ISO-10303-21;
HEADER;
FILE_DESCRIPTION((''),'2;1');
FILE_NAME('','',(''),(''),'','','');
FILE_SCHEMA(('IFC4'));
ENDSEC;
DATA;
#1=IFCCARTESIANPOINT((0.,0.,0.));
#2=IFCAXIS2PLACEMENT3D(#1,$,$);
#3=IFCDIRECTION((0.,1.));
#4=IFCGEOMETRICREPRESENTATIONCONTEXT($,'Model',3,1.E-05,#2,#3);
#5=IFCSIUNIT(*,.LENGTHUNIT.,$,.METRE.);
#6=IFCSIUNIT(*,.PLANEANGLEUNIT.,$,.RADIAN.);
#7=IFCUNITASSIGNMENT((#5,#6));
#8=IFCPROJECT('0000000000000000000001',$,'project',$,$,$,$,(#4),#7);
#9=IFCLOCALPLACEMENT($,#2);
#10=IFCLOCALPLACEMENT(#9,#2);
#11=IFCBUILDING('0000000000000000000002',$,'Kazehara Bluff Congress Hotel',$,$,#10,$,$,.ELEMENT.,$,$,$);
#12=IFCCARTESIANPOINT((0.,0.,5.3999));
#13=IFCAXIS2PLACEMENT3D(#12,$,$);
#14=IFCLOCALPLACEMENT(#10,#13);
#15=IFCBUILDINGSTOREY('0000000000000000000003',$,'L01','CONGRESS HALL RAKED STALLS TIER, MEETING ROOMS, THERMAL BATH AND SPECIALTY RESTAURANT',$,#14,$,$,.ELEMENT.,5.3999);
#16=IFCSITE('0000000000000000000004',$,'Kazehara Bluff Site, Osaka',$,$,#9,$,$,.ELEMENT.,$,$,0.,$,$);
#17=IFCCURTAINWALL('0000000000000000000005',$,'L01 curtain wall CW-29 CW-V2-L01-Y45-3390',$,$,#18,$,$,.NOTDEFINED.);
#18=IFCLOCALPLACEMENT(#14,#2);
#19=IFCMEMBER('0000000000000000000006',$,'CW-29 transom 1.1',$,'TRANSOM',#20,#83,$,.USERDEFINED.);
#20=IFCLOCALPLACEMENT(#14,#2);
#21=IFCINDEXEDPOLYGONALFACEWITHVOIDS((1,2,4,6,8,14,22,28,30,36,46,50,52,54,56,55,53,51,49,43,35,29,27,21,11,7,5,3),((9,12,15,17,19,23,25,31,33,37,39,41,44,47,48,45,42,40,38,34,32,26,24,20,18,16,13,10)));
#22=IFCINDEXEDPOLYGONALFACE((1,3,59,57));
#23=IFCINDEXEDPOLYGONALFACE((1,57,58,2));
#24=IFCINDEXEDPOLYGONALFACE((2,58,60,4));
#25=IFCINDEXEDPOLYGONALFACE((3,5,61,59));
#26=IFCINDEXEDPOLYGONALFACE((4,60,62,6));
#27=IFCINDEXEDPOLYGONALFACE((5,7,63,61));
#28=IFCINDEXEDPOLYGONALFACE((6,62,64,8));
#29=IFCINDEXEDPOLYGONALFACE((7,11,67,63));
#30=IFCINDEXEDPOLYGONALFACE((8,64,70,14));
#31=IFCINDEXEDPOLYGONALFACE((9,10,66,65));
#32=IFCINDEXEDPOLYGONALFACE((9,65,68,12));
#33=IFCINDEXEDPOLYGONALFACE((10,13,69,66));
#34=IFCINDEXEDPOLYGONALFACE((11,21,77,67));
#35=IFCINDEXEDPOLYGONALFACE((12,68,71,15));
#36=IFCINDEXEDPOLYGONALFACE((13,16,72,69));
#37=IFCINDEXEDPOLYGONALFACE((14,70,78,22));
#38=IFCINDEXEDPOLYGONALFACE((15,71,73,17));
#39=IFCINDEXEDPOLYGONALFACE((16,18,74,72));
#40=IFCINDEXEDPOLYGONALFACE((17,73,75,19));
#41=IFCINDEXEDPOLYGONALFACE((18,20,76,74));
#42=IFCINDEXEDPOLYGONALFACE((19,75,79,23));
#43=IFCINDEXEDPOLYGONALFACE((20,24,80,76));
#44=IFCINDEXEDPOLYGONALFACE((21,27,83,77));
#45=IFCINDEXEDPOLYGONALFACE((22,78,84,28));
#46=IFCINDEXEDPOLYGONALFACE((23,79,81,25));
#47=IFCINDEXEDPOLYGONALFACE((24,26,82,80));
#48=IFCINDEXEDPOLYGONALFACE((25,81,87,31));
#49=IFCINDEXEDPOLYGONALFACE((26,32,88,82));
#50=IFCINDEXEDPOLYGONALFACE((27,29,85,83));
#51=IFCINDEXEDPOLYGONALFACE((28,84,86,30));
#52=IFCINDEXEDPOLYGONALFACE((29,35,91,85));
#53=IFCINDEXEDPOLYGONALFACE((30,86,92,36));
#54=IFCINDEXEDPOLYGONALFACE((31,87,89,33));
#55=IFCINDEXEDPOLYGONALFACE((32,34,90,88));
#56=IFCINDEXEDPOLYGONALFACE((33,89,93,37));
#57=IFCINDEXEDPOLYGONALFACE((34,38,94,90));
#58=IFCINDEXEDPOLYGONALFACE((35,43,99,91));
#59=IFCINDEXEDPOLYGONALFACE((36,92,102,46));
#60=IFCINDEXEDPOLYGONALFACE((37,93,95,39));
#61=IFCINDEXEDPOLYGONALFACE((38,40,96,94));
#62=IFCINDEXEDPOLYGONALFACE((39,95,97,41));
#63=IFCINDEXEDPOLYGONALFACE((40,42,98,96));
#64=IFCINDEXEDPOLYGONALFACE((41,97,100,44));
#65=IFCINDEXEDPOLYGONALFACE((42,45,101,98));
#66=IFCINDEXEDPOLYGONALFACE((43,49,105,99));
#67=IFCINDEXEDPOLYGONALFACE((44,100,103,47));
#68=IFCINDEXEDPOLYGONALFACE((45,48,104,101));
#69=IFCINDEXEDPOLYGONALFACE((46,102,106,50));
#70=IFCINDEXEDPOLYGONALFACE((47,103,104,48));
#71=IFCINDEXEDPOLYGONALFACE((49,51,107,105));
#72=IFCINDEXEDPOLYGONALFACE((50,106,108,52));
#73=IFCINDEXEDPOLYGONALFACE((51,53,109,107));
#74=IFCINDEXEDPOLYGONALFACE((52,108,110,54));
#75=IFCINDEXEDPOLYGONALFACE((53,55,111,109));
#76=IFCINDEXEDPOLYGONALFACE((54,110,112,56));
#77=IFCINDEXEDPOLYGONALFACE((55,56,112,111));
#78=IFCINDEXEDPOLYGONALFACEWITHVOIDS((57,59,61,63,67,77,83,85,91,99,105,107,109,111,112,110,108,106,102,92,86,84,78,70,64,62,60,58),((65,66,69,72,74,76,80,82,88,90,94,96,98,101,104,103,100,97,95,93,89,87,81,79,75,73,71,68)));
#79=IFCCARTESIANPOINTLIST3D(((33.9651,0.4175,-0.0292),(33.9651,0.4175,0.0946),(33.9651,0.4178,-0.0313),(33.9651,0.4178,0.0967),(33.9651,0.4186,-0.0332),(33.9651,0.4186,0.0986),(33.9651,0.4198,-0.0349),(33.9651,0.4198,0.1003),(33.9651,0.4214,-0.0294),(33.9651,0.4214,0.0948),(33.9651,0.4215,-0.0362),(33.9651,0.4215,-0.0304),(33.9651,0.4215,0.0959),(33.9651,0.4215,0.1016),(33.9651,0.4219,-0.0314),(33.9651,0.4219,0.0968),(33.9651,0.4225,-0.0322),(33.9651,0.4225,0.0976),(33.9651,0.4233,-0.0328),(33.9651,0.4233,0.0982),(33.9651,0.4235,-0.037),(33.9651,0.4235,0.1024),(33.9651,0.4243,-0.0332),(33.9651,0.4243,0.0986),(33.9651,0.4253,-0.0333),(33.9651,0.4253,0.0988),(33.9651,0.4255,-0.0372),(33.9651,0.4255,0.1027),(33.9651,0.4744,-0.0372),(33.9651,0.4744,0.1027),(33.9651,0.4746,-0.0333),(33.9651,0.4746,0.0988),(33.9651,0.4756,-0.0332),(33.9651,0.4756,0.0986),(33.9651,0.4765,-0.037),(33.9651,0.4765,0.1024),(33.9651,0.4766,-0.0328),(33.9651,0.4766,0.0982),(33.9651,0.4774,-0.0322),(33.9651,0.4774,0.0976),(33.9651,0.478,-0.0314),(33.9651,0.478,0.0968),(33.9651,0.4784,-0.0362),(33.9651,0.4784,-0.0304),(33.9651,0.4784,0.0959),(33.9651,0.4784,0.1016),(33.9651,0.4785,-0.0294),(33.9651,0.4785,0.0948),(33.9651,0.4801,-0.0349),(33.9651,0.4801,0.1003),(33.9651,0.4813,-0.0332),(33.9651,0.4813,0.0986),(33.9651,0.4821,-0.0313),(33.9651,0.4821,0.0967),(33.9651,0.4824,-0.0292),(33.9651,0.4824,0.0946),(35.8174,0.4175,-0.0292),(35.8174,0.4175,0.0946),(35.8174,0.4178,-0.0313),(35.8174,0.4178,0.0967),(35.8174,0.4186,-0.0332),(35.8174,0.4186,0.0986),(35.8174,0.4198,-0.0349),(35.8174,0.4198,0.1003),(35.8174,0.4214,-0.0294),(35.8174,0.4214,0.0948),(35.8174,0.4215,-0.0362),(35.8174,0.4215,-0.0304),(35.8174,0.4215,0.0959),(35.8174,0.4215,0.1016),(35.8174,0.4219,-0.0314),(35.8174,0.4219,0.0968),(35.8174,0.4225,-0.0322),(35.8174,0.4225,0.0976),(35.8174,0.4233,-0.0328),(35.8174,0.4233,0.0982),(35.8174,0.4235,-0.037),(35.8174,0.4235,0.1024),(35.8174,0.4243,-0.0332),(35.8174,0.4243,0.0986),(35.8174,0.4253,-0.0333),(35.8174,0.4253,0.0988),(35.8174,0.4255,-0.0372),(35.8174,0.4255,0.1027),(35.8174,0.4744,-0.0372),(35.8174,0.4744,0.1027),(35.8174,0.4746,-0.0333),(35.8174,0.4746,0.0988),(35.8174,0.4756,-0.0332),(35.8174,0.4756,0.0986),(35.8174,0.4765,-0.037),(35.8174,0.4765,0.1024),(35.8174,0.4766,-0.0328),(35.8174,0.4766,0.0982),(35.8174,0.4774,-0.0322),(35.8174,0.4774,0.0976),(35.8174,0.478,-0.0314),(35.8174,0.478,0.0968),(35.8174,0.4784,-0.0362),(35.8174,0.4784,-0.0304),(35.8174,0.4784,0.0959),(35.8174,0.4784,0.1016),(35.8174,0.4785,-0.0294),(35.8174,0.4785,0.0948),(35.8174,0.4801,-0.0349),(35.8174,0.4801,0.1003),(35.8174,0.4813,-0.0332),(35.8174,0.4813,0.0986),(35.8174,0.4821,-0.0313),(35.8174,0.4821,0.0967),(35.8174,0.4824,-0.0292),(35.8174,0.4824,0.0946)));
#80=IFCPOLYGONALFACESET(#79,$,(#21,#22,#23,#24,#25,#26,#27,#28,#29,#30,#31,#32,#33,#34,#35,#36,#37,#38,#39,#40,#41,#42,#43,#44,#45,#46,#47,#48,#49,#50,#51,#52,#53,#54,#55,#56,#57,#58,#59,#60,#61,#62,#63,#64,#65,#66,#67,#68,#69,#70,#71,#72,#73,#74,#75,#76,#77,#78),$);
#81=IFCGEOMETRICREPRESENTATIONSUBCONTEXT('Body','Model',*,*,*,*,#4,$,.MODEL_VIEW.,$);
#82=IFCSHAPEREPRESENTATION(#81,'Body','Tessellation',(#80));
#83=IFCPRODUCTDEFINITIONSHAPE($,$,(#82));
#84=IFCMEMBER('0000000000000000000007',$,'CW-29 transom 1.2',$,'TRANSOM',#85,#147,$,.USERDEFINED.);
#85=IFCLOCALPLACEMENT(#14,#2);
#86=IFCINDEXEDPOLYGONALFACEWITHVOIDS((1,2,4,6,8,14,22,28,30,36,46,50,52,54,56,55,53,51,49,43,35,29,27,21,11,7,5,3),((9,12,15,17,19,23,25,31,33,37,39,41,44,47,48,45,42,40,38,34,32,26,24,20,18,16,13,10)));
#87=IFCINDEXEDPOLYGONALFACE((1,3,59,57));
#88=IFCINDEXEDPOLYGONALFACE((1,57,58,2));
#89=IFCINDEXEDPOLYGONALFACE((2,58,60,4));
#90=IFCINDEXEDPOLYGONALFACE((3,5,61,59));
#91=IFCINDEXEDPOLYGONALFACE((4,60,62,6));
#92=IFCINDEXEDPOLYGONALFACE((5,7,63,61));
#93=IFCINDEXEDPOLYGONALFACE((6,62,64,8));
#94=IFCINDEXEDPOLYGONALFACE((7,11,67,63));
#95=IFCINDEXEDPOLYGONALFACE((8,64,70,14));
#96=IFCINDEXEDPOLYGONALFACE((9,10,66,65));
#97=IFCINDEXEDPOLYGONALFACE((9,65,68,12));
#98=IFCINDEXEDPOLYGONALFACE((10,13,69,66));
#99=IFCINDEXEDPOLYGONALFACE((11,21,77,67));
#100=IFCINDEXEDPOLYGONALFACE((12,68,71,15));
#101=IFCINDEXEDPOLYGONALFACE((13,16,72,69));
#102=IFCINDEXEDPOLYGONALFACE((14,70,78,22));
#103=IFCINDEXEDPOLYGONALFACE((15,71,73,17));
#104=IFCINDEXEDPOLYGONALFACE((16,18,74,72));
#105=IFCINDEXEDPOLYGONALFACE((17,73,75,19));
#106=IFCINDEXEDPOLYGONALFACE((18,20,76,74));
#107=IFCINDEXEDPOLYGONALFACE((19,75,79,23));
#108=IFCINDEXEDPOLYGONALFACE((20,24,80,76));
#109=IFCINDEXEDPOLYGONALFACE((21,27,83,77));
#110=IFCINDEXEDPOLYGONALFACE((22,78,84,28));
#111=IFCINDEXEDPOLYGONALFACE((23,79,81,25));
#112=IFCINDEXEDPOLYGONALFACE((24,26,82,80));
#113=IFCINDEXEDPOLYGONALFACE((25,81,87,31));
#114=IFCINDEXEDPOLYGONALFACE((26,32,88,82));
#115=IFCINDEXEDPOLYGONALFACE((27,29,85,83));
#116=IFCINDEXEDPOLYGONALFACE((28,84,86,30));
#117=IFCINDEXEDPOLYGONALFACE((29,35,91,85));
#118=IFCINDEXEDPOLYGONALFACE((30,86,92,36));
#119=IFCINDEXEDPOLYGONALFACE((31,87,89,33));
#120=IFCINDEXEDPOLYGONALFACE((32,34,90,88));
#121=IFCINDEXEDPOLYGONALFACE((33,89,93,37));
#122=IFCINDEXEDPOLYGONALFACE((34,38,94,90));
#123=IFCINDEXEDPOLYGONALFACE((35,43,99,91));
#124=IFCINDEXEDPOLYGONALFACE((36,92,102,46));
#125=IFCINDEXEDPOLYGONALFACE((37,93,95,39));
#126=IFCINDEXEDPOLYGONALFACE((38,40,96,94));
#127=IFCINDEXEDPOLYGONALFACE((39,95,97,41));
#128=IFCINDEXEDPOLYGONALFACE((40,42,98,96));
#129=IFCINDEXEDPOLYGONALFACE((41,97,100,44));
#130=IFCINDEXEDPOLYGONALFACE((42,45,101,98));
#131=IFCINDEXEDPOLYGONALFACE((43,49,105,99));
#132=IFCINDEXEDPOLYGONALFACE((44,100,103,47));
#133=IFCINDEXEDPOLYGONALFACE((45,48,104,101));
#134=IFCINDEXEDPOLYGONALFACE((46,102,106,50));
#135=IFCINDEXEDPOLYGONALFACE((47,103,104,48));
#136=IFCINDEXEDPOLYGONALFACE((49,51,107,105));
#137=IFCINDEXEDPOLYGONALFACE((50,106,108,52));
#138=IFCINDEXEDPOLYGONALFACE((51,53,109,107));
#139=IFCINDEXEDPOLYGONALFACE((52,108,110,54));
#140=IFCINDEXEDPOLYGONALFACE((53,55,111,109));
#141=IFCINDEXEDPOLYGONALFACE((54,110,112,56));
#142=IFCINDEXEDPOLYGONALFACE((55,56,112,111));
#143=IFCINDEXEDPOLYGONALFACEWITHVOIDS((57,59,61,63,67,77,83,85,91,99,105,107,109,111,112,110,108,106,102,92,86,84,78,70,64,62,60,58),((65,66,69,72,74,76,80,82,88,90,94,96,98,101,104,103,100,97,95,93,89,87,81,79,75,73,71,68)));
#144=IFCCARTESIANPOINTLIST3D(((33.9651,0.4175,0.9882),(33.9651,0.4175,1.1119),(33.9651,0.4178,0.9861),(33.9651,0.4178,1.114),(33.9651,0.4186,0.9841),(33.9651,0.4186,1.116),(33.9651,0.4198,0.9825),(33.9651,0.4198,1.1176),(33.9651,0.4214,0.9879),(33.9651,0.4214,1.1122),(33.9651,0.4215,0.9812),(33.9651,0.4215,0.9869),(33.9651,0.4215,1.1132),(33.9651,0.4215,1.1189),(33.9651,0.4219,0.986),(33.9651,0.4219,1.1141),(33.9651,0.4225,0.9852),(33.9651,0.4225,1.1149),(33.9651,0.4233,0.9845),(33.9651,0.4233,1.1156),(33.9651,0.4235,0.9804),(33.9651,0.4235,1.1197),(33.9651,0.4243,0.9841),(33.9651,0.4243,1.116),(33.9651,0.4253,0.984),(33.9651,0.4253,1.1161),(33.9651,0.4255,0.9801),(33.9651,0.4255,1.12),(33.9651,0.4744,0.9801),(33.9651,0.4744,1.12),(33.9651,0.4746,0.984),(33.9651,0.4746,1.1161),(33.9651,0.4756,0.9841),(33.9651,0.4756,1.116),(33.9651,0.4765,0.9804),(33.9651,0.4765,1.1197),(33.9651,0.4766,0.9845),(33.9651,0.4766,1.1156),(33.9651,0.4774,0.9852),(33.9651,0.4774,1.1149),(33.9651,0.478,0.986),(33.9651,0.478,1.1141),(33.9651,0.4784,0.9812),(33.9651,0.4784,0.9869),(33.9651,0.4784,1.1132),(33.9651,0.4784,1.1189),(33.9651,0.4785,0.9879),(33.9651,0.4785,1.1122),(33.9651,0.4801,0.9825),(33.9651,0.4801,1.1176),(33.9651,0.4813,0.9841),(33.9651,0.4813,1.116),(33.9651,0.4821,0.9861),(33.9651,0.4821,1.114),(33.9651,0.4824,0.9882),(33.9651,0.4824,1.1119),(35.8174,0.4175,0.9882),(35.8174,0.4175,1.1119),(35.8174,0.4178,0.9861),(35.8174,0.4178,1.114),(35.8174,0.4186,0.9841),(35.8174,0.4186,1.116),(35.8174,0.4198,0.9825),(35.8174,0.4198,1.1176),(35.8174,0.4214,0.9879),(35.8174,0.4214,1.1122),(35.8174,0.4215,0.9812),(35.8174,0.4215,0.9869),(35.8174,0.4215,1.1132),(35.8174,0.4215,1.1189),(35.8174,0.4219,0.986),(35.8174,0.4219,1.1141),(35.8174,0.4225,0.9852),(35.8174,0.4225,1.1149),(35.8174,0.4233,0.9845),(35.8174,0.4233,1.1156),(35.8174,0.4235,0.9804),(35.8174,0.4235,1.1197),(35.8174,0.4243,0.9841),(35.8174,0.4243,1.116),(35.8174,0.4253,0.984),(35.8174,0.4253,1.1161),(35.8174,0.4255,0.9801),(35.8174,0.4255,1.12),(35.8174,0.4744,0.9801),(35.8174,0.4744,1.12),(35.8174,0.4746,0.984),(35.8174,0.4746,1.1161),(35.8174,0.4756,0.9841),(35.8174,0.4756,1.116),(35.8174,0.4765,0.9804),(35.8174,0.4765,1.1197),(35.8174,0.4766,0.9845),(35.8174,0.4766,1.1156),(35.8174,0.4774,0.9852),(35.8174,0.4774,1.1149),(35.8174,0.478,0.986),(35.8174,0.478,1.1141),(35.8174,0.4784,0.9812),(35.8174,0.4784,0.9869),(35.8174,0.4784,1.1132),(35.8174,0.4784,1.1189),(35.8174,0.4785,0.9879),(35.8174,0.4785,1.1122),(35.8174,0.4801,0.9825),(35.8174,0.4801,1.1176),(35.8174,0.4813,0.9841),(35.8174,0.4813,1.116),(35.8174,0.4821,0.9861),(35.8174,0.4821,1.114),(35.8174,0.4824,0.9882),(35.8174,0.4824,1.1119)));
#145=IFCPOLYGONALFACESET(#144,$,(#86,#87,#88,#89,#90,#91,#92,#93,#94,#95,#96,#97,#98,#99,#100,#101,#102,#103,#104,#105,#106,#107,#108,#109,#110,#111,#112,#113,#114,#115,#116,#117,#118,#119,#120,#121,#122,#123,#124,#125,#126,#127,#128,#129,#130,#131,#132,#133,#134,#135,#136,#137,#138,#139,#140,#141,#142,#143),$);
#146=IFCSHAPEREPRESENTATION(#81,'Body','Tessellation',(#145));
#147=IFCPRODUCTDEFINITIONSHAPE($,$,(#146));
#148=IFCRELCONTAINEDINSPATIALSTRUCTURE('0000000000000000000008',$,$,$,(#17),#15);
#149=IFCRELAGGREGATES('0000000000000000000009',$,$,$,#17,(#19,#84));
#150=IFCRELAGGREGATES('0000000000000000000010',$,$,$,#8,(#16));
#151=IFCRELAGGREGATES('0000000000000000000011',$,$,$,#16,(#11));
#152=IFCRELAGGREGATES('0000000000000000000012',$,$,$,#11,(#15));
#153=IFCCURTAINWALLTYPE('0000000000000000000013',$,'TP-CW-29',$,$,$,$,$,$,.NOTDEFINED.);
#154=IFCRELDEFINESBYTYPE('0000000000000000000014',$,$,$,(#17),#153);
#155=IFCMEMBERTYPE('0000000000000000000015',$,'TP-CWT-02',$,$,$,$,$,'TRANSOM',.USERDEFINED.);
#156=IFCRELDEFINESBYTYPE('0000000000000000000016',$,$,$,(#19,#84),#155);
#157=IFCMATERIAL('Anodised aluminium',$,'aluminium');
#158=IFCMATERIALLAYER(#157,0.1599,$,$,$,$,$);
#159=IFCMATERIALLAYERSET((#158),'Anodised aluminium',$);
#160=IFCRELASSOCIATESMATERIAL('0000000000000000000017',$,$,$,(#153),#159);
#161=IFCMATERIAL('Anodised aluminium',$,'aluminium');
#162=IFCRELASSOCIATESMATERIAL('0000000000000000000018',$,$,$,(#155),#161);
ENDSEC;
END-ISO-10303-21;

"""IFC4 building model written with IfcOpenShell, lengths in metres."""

from ifc_helpers import new_model, si_unit, direction, frame, origin, origin_2d, place, context, subcontext, project, spatial, hollow_rectangle, extrude, material, layer, layer_set, material_profile, profile_set, type_object, element, aggregate, save


model = new_model("IFC4")

# Units and contexts
model_context = context("Model", 3, precision=1e-05, world=origin(), true_north=direction((0.0, 1.0)))
body_context = subcontext(model_context, "Body", "Model", "MODEL_VIEW")
ifc_project = project(units=[si_unit("LENGTHUNIT", "METRE"), si_unit("PLANEANGLEUNIT", "RADIAN")], contexts=[model_context])

# Site, building, storey
site_placement = place(None, origin())
site = spatial("IfcSite", under=ifc_project, at=site_placement, Name="Kazehara Bluff Site, Osaka", CompositionType="ELEMENT", RefElevation=0.0)
building_placement = place(site_placement, origin())
building = spatial("IfcBuilding", under=site, at=building_placement, Name="Kazehara Bluff Congress Hotel", CompositionType="ELEMENT")
storey_placement = place(building_placement, frame((0.0, 0.0, 5.3999)))
storey = spatial("IfcBuildingStorey", under=building, at=storey_placement, Name="L01", Description="CONGRESS HALL RAKED STALLS TIER, MEETING ROOMS, THERMAL BATH AND SPECIALTY RESTAURANT", CompositionType="ELEMENT", Elevation=5.3999)

# Shared definitions
ifc_material_1 = material(Name="Anodised aluminium", Category="aluminium")
ifc_layer_1 = layer(ifc_material_1, 0.1599)
ifc_layer_set_1 = layer_set([ifc_layer_1], Name="Anodised aluminium")
curtain_wall_type = type_object("IfcCurtainWallType", Name="TP-CW-29", PredefinedType="NOTDEFINED", material=ifc_layer_set_1)

# Curtain wall, members
curtain_wall_1_placement = place(storey_placement, origin())
curtain_wall_1 = element("IfcCurtainWall", 1, at=curtain_wall_1_placement, inside=storey, type_object=curtain_wall_type, Name="L01 curtain wall CW-29 CW-V2-L01-Y45-3390", PredefinedType="NOTDEFINED")
ifc_material_2 = material(Name="Anodised aluminium", Category="aluminium")
ifc_material_profile_1 = material_profile(ifc_material_2, hollow_rectangle(XDim=0.0649, YDim=0.1399, WallThickness=0.0039, InnerFilletRadius=0.0039, OuterFilletRadius=0.0081, at=origin_2d()))
ifc_profile_set_1 = profile_set([ifc_material_profile_1], Name="Anodised aluminium")
member_type_1 = type_object("IfcMemberType", Name="TP-CWT-02", ElementType="TRANSOM", PredefinedType="USERDEFINED", material=ifc_profile_set_1)
member_1_placement = place(storey_placement, frame((33.9651, 0.45, 0.0327), z_axis=(1.0, 0.0, 0.0), x_axis=(0.0, 1.0, 0.0)))
member_1 = element("IfcMember", 2, at=member_1_placement, type_object=member_type_1, Name="CW-29 transom 1.1", ObjectType="TRANSOM", PredefinedType="USERDEFINED", context=body_context, shape_type="SweptSolid", body=[
    extrude(hollow_rectangle(XDim=0.0649, YDim=0.1399, WallThickness=0.0039, InnerFilletRadius=0.0039, OuterFilletRadius=0.0081, at=origin_2d()), origin(), (0.0, 0.0, 1.0), 1.8523),
])
member_2_placement = place(storey_placement, frame((33.9651, 0.45, 1.05), z_axis=(1.0, 0.0, 0.0), x_axis=(0.0, 1.0, 0.0)))
member_2 = element("IfcMember", 3, at=member_2_placement, type_object=member_type_1, Name="CW-29 transom 1.2", ObjectType="TRANSOM", PredefinedType="USERDEFINED", context=body_context, shape_type="SweptSolid", body=[
    extrude(hollow_rectangle(XDim=0.0649, YDim=0.1399, WallThickness=0.0039, InnerFilletRadius=0.0039, OuterFilletRadius=0.0081, at=origin_2d()), origin(), (0.0, 0.0, 1.0), 1.8523),
])

aggregate(curtain_wall_1, [member_1, member_2])

save(model, "model.ifc")
